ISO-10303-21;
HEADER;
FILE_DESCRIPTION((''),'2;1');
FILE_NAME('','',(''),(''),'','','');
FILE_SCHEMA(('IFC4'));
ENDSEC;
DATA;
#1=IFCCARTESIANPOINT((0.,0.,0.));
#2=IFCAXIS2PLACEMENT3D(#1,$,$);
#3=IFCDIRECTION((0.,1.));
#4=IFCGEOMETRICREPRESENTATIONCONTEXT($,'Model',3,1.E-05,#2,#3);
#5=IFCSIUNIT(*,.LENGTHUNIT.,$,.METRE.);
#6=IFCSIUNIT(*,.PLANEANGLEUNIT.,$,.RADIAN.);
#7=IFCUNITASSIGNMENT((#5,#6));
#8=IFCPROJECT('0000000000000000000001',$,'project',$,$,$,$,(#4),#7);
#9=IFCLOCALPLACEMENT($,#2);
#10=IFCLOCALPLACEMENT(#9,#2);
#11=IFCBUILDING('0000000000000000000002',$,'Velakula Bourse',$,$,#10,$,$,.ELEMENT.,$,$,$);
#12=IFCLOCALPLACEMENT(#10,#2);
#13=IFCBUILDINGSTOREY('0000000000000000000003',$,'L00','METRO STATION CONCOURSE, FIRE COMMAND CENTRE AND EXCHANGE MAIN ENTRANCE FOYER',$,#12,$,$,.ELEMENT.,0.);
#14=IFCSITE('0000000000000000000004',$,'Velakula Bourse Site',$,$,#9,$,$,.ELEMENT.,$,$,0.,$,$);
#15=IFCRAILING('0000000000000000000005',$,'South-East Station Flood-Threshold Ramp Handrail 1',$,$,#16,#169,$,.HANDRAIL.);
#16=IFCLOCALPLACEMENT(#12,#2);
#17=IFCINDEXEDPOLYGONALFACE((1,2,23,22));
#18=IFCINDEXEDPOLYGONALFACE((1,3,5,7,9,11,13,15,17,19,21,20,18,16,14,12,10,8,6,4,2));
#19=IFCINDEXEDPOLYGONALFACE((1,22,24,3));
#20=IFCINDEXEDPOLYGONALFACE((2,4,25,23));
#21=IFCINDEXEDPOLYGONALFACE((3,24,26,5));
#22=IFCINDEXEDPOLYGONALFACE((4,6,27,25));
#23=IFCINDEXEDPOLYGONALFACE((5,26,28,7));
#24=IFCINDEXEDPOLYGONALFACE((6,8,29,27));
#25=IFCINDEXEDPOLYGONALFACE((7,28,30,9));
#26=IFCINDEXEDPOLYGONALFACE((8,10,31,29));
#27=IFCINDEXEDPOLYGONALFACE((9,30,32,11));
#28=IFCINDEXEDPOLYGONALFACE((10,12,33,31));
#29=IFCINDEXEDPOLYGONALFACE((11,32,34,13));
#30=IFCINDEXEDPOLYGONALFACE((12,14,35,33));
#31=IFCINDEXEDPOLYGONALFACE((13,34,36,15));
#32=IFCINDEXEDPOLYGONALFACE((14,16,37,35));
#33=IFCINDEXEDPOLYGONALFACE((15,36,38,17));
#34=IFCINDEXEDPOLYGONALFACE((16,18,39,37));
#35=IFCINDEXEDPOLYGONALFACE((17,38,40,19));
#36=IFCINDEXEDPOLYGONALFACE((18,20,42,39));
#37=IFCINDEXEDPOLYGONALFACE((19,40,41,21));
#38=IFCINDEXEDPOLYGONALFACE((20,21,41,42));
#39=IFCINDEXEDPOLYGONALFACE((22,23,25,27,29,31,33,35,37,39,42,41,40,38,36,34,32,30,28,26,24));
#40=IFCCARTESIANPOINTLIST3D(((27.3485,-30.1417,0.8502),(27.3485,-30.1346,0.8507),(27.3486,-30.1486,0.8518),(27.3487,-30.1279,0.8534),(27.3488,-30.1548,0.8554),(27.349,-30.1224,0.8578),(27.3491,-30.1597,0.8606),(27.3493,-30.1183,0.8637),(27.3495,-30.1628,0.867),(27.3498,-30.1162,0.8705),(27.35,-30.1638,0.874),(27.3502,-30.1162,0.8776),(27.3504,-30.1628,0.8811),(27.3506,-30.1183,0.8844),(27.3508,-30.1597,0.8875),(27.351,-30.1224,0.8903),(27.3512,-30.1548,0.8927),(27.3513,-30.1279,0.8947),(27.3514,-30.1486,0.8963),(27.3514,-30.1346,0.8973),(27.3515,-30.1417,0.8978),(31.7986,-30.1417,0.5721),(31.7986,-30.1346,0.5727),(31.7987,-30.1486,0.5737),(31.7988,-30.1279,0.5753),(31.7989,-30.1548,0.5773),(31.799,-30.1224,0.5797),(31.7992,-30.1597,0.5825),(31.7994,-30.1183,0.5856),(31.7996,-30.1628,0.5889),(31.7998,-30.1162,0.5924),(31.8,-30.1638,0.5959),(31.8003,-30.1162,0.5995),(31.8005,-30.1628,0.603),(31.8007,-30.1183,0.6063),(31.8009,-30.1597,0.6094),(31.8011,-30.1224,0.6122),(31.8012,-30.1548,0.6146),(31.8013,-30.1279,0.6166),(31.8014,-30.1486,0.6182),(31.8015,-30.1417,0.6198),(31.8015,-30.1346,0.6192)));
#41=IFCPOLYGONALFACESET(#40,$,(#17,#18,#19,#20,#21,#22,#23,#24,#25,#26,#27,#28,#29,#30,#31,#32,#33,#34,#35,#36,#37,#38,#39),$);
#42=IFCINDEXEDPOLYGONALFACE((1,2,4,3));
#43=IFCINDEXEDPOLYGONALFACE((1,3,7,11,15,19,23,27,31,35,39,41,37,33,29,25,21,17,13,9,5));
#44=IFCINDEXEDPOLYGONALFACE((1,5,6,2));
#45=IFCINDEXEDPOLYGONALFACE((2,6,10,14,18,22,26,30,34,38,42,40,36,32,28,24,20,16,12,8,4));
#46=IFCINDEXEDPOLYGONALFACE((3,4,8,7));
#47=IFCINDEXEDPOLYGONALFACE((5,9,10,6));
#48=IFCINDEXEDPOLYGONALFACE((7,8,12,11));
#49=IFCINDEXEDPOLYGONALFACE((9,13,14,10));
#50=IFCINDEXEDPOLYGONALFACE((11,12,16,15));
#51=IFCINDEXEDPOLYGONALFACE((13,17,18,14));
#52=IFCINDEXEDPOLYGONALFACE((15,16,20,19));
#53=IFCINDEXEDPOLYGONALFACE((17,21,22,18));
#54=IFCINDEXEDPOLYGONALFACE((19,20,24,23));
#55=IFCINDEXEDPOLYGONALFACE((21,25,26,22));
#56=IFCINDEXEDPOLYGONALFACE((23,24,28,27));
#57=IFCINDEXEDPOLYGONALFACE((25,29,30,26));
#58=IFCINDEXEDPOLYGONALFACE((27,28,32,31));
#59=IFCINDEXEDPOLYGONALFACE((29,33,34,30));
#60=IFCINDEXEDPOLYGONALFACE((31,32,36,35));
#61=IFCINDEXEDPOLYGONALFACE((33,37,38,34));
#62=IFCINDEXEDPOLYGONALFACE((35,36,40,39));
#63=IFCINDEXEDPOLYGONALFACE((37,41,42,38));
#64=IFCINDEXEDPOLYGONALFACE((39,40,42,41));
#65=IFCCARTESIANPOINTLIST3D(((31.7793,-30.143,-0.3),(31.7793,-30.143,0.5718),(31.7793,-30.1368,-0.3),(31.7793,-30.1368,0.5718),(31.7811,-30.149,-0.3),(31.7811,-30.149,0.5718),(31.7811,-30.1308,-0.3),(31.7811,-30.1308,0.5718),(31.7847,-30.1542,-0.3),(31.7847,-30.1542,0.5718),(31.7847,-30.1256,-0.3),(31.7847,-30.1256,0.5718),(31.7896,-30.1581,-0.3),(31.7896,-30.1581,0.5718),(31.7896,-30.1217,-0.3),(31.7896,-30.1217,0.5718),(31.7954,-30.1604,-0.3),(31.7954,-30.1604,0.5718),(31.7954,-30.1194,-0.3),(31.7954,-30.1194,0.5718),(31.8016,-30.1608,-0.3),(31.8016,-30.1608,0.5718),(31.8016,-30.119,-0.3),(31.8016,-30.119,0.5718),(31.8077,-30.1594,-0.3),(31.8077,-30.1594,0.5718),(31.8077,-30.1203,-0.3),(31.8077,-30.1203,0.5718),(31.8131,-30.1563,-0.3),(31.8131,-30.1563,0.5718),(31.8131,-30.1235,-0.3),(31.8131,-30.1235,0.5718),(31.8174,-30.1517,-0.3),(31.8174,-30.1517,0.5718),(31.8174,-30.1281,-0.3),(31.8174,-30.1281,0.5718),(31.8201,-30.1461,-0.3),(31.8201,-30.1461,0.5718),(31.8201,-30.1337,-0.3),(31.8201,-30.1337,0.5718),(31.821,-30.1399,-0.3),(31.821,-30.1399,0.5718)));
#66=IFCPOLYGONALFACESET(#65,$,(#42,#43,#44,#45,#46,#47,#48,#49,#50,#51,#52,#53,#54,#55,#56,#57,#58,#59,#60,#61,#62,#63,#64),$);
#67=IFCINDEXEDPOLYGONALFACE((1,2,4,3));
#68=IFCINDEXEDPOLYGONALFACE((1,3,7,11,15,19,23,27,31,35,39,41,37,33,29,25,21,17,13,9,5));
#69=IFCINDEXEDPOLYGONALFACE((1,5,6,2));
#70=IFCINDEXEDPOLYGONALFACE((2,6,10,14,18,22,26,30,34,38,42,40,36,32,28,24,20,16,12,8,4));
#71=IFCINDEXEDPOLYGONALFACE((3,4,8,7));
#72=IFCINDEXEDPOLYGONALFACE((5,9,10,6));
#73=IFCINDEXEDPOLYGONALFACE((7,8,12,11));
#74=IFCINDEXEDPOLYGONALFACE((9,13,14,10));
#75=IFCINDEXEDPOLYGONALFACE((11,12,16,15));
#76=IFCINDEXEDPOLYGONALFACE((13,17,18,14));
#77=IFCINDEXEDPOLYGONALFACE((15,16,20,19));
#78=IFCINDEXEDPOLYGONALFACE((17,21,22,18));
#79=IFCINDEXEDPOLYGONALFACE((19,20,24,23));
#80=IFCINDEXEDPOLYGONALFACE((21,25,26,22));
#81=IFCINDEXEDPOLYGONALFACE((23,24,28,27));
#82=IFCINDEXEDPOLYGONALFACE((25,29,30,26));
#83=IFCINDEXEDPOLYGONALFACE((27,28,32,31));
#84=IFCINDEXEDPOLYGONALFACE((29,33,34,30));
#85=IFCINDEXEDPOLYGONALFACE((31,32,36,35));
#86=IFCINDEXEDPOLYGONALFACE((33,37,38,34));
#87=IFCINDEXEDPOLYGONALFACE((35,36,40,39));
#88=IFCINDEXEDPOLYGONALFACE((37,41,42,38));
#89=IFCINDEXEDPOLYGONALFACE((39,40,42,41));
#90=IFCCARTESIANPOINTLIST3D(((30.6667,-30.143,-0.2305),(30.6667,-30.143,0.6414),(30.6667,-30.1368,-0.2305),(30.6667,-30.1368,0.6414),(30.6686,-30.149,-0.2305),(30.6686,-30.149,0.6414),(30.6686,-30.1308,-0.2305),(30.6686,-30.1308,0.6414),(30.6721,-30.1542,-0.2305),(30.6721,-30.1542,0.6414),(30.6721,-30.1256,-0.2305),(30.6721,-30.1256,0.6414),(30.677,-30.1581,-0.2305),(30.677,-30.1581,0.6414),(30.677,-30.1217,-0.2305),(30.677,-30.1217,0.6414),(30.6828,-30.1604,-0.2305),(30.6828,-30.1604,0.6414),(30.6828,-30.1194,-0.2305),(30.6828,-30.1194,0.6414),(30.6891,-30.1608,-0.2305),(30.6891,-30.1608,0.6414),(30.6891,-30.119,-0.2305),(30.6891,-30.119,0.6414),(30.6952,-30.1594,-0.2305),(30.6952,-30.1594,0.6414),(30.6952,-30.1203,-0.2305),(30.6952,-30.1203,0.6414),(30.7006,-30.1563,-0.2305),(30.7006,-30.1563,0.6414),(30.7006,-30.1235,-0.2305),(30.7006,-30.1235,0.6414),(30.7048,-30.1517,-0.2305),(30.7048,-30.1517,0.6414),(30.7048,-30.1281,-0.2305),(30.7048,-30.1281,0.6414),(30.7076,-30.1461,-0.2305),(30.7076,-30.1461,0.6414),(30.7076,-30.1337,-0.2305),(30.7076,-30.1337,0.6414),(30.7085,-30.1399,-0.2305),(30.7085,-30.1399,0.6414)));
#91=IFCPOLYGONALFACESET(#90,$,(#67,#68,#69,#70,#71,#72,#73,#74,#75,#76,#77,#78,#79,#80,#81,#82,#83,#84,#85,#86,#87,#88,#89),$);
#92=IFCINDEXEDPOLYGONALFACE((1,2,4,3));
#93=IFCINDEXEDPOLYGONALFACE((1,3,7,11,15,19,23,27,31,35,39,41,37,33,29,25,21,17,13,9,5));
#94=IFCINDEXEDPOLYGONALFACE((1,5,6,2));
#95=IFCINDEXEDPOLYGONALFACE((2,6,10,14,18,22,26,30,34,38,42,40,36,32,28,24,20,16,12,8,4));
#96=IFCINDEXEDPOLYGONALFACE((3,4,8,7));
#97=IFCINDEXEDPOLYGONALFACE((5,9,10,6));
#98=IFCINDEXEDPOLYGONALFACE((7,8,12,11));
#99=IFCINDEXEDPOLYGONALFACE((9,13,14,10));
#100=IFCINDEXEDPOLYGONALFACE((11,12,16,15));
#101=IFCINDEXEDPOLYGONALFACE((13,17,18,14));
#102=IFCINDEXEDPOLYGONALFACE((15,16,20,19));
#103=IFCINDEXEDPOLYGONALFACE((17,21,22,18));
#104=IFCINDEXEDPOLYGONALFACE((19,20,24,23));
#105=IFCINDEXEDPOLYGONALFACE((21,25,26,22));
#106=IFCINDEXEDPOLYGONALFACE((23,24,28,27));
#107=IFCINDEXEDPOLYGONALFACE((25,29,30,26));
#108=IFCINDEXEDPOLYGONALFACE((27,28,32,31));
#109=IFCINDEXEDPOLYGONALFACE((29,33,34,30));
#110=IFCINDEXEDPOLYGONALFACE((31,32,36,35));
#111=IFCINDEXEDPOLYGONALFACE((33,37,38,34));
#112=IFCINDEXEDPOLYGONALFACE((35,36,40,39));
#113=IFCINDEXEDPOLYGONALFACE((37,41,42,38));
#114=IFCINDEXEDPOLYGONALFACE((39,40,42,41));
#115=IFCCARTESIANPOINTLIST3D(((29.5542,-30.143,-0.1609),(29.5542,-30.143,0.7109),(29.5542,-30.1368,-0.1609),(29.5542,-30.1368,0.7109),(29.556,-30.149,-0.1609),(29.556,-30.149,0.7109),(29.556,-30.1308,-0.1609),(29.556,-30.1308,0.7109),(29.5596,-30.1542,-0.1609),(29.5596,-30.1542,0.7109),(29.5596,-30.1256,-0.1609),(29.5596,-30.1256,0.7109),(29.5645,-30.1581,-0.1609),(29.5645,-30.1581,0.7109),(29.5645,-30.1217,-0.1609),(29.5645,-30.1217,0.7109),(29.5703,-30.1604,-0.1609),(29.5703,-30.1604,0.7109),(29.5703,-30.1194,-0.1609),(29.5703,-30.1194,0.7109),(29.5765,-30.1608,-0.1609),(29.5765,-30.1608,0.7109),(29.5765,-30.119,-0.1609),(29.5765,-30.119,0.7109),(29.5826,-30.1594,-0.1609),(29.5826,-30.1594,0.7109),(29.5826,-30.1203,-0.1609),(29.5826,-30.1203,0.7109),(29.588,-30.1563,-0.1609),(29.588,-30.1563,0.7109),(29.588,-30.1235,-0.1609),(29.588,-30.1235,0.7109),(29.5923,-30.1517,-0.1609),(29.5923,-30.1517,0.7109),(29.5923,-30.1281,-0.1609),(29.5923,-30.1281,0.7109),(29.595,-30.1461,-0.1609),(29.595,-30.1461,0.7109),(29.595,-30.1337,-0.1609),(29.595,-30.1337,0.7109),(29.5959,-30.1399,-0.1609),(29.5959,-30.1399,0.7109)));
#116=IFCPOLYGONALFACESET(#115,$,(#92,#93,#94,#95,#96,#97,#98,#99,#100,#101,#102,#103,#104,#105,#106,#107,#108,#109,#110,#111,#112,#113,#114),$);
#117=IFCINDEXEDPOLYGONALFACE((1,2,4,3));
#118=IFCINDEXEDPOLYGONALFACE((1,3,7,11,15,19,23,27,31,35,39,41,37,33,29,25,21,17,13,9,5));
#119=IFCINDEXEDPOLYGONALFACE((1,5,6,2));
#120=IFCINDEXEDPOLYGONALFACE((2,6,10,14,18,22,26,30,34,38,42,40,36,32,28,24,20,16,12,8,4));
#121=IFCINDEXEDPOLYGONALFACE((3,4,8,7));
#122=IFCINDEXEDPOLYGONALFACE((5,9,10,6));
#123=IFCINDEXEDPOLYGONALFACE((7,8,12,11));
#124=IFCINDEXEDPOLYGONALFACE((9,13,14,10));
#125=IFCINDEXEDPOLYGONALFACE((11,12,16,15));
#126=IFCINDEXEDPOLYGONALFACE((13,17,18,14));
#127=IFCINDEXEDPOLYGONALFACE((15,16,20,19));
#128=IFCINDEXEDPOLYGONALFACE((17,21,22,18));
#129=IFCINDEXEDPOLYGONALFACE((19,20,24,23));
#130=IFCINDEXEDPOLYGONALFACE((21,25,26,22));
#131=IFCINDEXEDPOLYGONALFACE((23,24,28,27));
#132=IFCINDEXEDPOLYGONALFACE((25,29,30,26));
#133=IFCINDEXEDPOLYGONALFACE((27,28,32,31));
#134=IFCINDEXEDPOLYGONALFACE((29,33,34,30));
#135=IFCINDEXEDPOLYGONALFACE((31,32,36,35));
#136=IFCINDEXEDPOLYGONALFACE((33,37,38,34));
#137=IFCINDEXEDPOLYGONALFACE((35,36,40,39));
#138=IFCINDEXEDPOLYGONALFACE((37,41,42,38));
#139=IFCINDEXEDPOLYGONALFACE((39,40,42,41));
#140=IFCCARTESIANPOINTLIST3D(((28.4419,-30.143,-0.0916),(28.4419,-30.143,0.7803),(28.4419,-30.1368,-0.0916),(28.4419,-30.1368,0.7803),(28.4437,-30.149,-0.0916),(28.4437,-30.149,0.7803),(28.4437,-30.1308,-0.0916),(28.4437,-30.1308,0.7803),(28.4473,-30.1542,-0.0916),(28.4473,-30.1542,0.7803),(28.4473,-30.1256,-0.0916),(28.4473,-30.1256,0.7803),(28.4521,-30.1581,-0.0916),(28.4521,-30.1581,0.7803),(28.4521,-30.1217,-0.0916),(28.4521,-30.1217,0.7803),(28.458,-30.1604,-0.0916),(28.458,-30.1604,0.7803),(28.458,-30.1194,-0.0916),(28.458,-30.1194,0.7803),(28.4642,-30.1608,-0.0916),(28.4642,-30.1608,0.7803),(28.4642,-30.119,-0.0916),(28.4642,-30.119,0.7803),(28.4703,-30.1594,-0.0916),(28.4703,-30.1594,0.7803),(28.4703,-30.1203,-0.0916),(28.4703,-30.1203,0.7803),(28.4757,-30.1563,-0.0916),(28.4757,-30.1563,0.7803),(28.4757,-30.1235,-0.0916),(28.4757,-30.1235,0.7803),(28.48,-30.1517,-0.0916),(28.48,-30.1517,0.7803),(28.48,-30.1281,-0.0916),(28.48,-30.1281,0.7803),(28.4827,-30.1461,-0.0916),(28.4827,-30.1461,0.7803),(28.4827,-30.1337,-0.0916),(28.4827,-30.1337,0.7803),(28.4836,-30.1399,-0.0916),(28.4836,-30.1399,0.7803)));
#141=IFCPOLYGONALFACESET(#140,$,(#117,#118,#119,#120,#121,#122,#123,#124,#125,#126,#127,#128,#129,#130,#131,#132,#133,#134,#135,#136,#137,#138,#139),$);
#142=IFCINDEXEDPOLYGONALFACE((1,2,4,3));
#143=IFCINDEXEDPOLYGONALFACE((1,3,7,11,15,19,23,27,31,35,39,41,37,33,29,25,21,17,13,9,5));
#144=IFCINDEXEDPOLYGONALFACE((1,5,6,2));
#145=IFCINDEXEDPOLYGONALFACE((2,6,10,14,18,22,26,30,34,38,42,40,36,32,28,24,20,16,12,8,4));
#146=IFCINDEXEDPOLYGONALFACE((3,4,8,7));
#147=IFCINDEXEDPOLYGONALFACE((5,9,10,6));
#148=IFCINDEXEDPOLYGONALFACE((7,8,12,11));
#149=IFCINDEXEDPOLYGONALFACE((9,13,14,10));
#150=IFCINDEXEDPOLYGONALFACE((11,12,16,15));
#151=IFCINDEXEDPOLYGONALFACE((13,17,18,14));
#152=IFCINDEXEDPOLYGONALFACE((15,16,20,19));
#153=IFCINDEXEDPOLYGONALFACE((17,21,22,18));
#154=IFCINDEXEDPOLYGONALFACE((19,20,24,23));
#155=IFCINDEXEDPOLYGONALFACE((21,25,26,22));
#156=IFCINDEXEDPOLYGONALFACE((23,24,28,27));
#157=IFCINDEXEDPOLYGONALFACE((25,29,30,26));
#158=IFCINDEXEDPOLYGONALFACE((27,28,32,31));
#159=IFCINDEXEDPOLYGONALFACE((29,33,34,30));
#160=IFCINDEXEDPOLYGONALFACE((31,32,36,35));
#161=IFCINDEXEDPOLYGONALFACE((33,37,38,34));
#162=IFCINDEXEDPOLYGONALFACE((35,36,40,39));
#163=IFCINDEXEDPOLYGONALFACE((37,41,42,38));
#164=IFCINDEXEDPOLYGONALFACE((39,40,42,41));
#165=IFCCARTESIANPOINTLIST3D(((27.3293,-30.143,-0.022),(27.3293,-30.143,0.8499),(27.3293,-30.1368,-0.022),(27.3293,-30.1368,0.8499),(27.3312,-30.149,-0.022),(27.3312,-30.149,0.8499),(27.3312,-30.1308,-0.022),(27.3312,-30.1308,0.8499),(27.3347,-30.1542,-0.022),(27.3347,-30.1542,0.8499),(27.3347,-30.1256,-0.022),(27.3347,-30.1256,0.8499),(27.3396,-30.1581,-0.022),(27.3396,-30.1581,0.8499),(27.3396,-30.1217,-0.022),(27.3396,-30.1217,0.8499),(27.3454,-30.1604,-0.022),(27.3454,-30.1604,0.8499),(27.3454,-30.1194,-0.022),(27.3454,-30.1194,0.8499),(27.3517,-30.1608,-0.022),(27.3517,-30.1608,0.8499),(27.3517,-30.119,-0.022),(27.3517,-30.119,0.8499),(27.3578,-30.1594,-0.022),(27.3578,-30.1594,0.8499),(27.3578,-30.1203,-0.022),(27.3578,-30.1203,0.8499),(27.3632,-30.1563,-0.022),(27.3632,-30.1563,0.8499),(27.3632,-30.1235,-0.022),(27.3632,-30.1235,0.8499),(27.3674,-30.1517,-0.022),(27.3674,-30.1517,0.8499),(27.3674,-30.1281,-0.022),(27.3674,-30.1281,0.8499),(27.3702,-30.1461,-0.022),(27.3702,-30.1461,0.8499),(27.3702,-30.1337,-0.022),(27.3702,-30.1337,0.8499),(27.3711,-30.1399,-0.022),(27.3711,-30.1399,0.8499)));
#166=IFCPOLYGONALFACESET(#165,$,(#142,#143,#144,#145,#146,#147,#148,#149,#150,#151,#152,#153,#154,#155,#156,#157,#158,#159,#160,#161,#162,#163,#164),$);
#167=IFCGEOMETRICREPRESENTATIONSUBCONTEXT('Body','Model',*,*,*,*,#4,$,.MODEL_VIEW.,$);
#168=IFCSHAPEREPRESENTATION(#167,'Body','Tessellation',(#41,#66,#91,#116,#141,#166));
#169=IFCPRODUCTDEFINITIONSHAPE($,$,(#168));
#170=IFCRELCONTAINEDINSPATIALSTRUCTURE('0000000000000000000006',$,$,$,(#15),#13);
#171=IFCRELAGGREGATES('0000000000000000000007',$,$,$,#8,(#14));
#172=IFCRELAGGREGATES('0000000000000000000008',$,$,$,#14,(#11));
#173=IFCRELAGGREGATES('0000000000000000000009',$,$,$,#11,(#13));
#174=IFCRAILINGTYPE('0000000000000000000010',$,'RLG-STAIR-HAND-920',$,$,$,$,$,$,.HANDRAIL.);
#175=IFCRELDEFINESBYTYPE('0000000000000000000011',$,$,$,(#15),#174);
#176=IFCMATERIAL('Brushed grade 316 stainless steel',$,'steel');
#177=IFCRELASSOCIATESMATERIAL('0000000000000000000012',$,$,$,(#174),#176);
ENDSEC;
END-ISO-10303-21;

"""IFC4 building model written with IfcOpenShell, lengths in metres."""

from ifc_helpers import new_model, si_unit, direction, frame, origin, origin_2d, place, context, subcontext, project, spatial, circle, extrude, material, type_object, element, save


model = new_model("IFC4")

# Units and contexts
model_context = context("Model", 3, precision=1e-05, world=origin(), true_north=direction((0.0, 1.0)))
body_context = subcontext(model_context, "Body", "Model", "MODEL_VIEW")
ifc_project = project(units=[si_unit("LENGTHUNIT", "METRE"), si_unit("PLANEANGLEUNIT", "RADIAN")], contexts=[model_context])

# Site, building, storey
site_placement = place(None, origin())
site = spatial("IfcSite", under=ifc_project, at=site_placement, Name="Velakula Bourse Site", CompositionType="ELEMENT", RefElevation=0.0)
building_placement = place(site_placement, origin())
building = spatial("IfcBuilding", under=site, at=building_placement, Name="Velakula Bourse", CompositionType="ELEMENT")
storey_placement = place(building_placement, origin())
storey = spatial("IfcBuildingStorey", under=building, at=storey_placement, Name="L00", Description="METRO STATION CONCOURSE, FIRE COMMAND CENTRE AND EXCHANGE MAIN ENTRANCE FOYER", CompositionType="ELEMENT", Elevation=0.0)

# Railing
ifc_material_1 = material(Name="Brushed grade 316 stainless steel", Category="steel")
railing_type_1 = type_object("IfcRailingType", Name="RLG-STAIR-HAND-920", PredefinedType="HANDRAIL", material=ifc_material_1)
for number, where, name in (
    (1, (31.8, -30.1399, -0.3), "South-East Station Flood-Threshold Ramp Handrail 1"),
):
    element("IfcRailing", number, at=place(storey_placement, frame(where)), inside=storey, type_object=railing_type_1, Name=name, PredefinedType="HANDRAIL", context=body_context, shape_type="SweptSolid", body=[
        extrude(circle(Radius=0.0239, at=origin_2d()), frame((0.0, 0.0, 0.896), z_axis=(-0.998053, 0.0, 0.062368), x_axis=(0.0, -1.0, 0.0)), (0.0, 0.0, 1.0), 4.4587),
        extrude(circle(Radius=0.021, at=origin_2d()), origin(), (0.0, 0.0, 1.0), 0.8718),
        extrude(circle(Radius=0.021, at=origin_2d()), frame((-1.1125, 0.0, 0.0696)), (0.0, 0.0, 1.0), 0.8718),
        extrude(circle(Radius=0.021, at=origin_2d()), frame((-2.2251, 0.0, 0.1392)), (0.0, 0.0, 1.0), 0.8718),
        extrude(circle(Radius=0.021, at=origin_2d()), frame((-3.3374, 0.0, 0.2085)), (0.0, 0.0, 1.0), 0.8718),
        extrude(circle(Radius=0.021, at=origin_2d()), frame((-4.45, 0.0, 0.2781)), (0.0, 0.0, 1.0), 0.8718),
    ])

save(model, "model.ifc")
